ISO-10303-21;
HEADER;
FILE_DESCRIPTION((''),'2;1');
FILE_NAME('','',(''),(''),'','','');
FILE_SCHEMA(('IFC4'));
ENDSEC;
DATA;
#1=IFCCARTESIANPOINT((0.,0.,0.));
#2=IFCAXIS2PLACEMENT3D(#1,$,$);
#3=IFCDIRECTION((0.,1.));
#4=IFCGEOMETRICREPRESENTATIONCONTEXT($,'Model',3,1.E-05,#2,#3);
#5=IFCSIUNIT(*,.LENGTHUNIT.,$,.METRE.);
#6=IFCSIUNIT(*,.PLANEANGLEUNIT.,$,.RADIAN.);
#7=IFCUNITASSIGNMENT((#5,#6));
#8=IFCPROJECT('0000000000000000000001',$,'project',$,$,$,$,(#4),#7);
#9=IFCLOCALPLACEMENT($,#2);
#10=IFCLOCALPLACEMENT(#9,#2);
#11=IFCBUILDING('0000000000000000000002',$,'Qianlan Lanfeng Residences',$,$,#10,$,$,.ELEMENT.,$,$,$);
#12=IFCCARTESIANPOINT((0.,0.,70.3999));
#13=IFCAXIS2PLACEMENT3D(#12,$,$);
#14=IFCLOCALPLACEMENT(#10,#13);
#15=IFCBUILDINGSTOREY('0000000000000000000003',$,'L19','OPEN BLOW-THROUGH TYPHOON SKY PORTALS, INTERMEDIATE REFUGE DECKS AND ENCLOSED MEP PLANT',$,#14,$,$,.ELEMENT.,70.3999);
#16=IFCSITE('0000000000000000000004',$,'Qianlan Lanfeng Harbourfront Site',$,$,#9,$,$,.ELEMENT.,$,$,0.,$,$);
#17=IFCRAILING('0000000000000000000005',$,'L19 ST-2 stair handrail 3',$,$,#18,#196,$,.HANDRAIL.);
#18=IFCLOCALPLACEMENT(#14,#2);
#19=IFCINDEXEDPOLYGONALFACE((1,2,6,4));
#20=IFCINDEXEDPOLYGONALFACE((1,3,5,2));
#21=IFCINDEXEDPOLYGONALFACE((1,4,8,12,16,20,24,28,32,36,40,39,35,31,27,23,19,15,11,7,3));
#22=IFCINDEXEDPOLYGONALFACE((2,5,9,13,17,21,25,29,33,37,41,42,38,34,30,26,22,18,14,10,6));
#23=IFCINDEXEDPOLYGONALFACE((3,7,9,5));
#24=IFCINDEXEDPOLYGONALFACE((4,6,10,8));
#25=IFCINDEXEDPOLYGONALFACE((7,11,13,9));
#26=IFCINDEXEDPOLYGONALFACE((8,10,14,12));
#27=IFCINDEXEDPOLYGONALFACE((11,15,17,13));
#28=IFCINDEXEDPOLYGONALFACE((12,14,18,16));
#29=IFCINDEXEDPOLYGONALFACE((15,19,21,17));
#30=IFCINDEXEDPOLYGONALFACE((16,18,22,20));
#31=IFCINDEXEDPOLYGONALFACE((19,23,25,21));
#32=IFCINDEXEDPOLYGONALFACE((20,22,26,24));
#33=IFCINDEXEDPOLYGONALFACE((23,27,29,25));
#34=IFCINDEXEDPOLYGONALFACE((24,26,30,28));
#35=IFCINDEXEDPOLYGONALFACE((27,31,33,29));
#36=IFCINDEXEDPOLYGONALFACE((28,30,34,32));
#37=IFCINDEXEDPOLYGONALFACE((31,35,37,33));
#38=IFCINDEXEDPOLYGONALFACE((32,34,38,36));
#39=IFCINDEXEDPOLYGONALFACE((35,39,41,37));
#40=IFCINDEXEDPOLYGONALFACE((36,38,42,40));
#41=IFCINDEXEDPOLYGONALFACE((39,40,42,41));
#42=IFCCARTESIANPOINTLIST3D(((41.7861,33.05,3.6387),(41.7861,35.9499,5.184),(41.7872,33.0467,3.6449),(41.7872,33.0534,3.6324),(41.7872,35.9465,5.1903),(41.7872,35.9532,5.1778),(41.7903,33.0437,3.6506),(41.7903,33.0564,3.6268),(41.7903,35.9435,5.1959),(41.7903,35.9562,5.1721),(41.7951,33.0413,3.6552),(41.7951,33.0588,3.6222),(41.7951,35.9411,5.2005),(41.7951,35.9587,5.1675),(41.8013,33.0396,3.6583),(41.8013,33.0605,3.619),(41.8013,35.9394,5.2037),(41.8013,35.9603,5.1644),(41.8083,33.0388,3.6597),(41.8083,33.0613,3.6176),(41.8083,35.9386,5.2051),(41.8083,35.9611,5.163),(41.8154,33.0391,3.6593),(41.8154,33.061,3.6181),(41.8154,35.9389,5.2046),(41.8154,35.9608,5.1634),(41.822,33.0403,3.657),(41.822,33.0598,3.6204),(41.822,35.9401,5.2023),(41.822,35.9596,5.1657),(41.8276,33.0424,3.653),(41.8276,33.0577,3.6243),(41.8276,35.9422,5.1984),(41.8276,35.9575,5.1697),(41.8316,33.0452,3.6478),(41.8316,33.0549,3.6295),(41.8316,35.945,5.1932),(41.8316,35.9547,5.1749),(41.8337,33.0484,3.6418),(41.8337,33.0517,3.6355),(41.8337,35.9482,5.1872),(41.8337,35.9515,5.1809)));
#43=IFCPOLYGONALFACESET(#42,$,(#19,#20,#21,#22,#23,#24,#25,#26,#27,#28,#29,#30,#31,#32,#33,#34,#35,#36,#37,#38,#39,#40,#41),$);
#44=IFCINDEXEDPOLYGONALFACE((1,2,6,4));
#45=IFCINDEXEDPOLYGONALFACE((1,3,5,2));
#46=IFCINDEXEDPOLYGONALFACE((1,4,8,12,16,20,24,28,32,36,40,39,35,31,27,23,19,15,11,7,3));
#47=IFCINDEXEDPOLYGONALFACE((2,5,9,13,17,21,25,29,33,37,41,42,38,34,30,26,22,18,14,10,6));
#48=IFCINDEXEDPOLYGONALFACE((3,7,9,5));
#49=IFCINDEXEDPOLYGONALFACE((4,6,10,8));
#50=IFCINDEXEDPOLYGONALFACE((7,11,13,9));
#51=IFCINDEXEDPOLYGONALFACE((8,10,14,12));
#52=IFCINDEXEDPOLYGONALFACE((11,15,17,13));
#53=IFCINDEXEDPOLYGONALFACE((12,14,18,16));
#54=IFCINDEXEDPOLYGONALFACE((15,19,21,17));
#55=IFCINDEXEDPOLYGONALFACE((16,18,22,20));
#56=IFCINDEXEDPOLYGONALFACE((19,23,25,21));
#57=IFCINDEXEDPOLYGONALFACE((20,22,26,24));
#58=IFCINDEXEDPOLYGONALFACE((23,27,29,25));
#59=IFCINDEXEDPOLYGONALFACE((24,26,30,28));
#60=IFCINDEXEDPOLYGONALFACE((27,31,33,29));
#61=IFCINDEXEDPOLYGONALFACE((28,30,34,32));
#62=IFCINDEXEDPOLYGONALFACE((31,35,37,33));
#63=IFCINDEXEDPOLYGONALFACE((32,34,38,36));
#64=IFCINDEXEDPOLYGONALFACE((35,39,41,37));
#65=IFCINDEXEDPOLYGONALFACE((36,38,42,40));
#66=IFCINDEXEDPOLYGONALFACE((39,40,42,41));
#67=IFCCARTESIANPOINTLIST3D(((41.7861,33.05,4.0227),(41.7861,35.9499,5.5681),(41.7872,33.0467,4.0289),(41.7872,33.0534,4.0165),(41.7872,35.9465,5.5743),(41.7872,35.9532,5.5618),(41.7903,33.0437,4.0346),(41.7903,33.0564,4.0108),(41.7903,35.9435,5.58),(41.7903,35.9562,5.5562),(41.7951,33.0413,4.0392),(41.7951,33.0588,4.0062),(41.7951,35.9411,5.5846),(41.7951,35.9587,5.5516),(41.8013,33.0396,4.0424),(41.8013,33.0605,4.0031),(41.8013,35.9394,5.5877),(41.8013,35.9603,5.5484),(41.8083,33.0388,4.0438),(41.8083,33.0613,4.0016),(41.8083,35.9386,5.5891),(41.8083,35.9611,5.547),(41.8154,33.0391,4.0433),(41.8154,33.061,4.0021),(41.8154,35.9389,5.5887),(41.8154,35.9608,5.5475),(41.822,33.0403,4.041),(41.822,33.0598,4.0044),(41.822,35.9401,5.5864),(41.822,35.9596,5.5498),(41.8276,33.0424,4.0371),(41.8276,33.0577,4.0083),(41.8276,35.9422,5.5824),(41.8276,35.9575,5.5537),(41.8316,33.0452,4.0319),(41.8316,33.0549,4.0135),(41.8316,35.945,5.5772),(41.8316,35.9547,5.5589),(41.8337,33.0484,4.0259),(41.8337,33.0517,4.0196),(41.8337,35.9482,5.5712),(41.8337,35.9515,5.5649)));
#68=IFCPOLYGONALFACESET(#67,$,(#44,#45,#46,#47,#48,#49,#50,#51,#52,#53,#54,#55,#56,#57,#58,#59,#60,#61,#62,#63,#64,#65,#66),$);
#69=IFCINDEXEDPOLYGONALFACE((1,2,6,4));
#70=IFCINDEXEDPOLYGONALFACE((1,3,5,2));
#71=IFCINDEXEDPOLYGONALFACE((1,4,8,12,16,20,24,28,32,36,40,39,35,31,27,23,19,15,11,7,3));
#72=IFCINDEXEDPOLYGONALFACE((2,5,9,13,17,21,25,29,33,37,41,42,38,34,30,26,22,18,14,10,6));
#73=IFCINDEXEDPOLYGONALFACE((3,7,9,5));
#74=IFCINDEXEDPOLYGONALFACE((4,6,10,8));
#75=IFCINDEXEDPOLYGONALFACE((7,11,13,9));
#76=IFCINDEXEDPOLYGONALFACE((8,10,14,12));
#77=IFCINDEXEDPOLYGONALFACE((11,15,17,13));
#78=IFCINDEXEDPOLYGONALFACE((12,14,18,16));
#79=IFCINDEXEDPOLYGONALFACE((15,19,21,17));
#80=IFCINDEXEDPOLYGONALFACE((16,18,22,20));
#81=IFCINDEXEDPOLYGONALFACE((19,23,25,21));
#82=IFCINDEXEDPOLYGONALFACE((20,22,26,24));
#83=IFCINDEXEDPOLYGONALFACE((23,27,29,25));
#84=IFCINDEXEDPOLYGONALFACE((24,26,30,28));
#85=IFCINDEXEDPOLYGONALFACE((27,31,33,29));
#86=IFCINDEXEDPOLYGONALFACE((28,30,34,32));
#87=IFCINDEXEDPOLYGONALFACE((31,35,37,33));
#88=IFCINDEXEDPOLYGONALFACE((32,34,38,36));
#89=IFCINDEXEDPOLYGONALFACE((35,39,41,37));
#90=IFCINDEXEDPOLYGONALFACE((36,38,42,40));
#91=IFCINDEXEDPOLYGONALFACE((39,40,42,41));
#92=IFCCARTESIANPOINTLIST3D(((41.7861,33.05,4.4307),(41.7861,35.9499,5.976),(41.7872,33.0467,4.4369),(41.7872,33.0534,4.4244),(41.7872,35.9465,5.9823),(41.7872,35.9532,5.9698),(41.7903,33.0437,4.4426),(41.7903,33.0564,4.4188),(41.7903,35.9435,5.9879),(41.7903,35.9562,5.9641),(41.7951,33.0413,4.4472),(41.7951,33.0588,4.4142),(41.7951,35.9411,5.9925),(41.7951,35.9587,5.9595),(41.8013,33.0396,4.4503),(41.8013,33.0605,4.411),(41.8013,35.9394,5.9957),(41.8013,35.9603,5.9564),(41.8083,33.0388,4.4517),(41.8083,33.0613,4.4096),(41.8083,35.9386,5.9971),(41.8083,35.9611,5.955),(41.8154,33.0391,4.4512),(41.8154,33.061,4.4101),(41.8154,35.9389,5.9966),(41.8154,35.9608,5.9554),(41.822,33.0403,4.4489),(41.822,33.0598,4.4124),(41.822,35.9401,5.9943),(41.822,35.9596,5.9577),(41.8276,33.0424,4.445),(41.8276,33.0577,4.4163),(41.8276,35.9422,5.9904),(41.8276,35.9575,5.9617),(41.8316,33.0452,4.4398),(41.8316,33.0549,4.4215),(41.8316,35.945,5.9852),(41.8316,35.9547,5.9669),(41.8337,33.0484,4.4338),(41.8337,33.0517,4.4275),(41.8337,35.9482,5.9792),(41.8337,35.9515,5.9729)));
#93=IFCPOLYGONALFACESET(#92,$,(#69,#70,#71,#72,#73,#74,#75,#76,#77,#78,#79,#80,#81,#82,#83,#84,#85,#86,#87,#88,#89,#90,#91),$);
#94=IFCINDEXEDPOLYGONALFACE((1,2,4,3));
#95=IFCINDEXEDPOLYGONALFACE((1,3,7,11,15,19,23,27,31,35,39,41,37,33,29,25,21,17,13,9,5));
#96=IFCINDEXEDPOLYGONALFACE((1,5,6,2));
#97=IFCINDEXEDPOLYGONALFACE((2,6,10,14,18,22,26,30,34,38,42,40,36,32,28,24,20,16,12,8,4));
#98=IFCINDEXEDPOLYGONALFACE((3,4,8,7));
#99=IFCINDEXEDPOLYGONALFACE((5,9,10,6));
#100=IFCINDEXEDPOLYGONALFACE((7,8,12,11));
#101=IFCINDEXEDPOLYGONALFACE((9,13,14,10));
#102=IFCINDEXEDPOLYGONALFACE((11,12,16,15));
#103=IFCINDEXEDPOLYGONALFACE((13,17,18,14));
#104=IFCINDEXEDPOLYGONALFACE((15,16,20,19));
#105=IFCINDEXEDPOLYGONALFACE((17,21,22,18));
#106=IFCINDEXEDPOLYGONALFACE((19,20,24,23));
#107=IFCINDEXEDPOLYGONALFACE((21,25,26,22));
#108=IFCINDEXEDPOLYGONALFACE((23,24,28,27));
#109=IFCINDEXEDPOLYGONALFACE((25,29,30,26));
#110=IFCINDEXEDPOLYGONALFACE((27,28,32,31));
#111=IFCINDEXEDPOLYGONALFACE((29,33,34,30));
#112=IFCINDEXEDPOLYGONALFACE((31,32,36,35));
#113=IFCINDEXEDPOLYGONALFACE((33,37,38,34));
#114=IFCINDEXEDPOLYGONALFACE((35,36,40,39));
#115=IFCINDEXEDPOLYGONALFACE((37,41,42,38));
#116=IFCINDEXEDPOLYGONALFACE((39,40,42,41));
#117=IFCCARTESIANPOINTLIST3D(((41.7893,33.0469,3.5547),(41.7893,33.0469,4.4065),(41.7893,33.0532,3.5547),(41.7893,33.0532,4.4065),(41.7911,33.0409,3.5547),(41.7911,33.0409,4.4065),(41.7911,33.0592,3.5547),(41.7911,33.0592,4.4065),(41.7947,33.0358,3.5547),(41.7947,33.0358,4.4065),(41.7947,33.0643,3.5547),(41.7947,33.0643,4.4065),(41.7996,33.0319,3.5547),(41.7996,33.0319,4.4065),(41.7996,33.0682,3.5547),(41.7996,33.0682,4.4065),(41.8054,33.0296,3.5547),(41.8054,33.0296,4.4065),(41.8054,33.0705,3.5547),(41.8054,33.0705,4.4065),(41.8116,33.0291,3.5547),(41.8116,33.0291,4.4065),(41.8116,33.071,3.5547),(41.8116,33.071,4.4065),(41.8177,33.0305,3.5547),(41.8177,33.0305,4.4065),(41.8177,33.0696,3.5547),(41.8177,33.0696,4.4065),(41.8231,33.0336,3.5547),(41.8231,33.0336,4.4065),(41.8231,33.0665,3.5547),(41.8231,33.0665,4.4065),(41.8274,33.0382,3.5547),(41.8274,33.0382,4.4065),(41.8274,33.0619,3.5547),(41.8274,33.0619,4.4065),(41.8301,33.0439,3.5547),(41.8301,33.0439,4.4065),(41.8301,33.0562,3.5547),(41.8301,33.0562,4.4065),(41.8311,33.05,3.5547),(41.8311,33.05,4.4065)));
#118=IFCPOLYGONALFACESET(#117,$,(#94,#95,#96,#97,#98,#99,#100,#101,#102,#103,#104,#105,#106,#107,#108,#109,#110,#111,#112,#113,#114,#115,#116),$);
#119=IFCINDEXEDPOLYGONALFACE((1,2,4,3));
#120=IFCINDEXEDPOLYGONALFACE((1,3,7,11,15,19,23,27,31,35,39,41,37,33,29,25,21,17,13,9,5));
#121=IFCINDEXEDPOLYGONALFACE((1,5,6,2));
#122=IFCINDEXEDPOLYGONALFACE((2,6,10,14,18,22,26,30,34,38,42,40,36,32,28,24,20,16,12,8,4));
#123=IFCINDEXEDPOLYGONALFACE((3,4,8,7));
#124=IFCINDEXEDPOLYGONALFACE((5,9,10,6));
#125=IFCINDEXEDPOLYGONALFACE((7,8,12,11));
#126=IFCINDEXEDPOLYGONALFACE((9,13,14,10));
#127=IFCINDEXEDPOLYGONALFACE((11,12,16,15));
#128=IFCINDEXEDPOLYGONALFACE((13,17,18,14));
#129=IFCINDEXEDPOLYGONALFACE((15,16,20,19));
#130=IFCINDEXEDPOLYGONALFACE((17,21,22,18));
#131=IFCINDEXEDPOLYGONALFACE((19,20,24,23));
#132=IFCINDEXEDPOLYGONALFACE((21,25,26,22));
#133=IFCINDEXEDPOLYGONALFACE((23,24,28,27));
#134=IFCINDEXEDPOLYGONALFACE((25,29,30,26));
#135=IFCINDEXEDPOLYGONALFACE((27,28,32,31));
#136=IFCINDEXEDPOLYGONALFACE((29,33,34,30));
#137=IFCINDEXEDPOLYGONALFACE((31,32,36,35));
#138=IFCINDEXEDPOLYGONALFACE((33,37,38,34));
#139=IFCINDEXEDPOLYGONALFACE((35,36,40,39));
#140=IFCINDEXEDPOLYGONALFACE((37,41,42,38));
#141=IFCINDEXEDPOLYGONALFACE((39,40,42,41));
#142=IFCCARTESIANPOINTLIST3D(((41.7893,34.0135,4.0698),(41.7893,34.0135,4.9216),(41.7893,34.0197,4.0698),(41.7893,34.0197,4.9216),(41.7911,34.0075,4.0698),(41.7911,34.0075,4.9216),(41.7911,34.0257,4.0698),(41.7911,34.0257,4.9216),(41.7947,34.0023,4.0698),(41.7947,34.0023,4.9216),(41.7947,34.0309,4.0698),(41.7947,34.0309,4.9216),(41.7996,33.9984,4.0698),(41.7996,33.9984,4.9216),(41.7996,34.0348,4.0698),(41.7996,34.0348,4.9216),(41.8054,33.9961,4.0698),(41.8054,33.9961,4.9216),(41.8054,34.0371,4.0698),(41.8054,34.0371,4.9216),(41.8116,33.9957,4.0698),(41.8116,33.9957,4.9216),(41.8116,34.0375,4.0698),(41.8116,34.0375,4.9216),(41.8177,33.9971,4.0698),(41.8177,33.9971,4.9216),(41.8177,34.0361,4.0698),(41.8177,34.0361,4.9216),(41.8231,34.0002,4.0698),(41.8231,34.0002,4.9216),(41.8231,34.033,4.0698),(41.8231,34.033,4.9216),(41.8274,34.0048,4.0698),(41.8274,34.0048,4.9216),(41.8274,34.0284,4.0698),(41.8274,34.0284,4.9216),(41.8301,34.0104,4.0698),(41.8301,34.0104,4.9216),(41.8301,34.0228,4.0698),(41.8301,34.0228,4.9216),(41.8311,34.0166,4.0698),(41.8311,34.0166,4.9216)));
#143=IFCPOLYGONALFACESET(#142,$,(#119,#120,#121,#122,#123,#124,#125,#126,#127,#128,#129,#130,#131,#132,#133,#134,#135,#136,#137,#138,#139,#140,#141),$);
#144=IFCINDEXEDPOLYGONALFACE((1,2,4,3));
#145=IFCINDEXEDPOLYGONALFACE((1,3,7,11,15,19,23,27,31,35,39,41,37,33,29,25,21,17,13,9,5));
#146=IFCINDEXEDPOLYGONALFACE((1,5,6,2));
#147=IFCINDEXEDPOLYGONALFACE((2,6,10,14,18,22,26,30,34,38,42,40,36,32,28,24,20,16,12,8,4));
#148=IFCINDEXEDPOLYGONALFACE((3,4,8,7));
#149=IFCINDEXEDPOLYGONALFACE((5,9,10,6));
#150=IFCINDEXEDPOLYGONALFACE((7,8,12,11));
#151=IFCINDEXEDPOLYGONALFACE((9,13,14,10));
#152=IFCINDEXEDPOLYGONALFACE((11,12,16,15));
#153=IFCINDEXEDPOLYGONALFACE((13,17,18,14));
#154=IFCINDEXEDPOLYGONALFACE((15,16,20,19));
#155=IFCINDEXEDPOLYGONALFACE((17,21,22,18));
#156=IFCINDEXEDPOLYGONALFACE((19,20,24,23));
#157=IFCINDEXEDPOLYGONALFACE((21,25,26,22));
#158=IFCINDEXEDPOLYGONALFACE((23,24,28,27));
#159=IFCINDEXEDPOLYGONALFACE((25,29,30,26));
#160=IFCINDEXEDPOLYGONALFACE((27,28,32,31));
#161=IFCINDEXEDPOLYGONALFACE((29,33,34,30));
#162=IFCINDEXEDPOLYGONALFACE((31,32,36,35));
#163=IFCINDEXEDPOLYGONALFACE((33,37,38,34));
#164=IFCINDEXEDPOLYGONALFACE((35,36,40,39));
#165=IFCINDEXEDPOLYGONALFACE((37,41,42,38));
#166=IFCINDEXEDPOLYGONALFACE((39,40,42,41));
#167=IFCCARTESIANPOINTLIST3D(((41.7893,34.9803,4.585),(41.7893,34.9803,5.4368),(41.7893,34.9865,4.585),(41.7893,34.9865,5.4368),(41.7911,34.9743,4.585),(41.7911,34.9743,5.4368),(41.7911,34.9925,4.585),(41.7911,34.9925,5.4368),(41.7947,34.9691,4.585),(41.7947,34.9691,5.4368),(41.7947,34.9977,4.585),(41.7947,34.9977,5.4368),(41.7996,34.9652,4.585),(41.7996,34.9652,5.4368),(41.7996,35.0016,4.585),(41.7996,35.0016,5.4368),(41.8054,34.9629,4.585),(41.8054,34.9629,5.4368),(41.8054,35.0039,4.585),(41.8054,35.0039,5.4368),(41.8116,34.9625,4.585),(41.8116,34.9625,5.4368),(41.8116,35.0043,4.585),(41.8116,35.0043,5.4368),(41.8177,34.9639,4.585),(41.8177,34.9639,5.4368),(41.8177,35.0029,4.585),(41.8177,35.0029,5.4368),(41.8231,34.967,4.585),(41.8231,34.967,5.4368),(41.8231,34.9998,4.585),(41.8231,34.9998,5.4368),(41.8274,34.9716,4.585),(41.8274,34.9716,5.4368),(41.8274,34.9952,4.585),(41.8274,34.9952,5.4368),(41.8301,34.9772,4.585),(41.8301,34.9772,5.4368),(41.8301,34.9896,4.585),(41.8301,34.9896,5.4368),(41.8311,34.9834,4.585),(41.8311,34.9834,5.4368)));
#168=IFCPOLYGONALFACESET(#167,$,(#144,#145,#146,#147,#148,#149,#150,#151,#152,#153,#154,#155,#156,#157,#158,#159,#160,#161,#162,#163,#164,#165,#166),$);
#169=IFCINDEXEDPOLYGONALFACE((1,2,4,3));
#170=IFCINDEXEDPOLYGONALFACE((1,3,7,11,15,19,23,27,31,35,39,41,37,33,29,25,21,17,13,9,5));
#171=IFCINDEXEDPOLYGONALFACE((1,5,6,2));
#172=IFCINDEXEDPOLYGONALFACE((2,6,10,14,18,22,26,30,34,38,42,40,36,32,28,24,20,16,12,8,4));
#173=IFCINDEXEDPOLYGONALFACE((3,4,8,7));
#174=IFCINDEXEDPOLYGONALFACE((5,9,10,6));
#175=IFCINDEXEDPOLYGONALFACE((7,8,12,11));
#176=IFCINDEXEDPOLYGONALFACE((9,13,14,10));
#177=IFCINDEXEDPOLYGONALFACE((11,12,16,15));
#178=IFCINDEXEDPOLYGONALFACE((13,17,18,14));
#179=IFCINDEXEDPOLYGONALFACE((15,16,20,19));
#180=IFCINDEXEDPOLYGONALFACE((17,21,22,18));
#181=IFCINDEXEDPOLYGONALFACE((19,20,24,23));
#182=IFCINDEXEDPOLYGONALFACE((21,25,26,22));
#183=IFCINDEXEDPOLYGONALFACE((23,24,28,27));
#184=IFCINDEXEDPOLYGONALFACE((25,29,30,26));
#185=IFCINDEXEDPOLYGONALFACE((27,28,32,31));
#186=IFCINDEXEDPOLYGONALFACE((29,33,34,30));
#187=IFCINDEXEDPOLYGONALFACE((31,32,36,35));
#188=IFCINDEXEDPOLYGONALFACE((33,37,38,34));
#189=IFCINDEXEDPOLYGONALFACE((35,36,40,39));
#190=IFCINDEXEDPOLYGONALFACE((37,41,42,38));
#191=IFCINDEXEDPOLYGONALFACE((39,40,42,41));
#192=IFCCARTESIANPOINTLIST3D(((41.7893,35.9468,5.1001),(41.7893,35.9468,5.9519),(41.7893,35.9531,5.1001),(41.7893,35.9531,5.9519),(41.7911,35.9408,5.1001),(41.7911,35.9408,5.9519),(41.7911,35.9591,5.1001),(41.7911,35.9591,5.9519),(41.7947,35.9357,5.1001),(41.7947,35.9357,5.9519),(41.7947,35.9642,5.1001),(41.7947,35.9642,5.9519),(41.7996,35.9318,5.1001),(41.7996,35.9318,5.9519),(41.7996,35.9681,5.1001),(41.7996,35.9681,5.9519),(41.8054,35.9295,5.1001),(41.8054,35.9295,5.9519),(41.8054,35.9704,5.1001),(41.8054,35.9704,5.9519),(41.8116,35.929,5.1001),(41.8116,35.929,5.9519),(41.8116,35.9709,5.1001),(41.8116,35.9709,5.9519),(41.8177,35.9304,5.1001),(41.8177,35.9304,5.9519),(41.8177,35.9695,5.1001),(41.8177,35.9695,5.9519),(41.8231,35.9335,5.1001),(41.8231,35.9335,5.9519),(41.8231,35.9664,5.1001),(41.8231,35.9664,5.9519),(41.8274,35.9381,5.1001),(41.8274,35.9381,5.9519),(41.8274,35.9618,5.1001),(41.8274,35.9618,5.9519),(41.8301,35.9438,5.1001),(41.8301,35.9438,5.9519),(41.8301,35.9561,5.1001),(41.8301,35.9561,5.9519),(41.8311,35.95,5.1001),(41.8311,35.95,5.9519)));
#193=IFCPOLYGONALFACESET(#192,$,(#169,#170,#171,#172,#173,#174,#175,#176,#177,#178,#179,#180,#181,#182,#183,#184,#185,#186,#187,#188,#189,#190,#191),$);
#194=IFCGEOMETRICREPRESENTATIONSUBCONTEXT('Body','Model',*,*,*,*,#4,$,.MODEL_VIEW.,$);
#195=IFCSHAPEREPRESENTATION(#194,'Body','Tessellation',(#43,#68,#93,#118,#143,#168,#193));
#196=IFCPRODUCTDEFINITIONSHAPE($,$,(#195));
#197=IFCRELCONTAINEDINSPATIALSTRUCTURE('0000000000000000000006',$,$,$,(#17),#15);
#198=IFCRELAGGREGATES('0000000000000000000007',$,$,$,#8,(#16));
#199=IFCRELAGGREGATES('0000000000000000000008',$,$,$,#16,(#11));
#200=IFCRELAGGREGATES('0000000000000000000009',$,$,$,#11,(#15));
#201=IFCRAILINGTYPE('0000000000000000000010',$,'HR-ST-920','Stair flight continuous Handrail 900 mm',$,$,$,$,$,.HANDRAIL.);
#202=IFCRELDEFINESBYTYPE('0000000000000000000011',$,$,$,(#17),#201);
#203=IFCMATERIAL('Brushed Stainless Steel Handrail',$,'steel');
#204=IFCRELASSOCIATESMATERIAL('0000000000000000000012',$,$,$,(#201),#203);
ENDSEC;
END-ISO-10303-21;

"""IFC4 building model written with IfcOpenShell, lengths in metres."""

from ifc_helpers import new_model, si_unit, direction, frame, origin, origin_2d, place, context, subcontext, project, spatial, circle, extrude, material, type_object, element, save


model = new_model("IFC4")

# Units and contexts
model_context = context("Model", 3, precision=1e-05, world=origin(), true_north=direction((0.0, 1.0)))
body_context = subcontext(model_context, "Body", "Model", "MODEL_VIEW")
ifc_project = project(units=[si_unit("LENGTHUNIT", "METRE"), si_unit("PLANEANGLEUNIT", "RADIAN")], contexts=[model_context])

# Site, building, storey
site_placement = place(None, origin())
site = spatial("IfcSite", under=ifc_project, at=site_placement, Name="Qianlan Lanfeng Harbourfront Site", CompositionType="ELEMENT", RefElevation=0.0)
building_placement = place(site_placement, origin())
building = spatial("IfcBuilding", under=site, at=building_placement, Name="Qianlan Lanfeng Residences", CompositionType="ELEMENT")
storey_placement = place(building_placement, frame((0.0, 0.0, 70.3999)))
storey = spatial("IfcBuildingStorey", under=building, at=storey_placement, Name="L19", Description="OPEN BLOW-THROUGH TYPHOON SKY PORTALS, INTERMEDIATE REFUGE DECKS AND ENCLOSED MEP PLANT", CompositionType="ELEMENT", Elevation=70.3999)

# Railing
ifc_material_1 = material(Name="Brushed Stainless Steel Handrail", Category="steel")
railing_type_1 = type_object("IfcRailingType", Name="HR-ST-920", Description="Stair flight continuous Handrail 900 mm", PredefinedType="HANDRAIL", material=ifc_material_1)
railing_1_placement = place(storey_placement, frame((41.8101, 33.05, 3.5547)))
element("IfcRailing", 1, at=railing_1_placement, inside=storey, type_object=railing_type_1, Name="L19 ST-2 stair handrail 3", PredefinedType="HANDRAIL", context=body_context, shape_type="SweptSolid", body=[
    extrude(circle(Radius=0.0239, at=origin_2d()), frame((0.0, 0.0, 0.084), z_axis=(0.0, 0.882505, 0.470303), x_axis=(-1.0, 0.0, 0.0)), (0.0, 0.0, 1.0), 3.2859),
    extrude(circle(Radius=0.0239, at=origin_2d()), frame((0.0, 0.0, 0.468), z_axis=(0.0, 0.882505, 0.470303), x_axis=(-1.0, 0.0, 0.0)), (0.0, 0.0, 1.0), 3.2859),
    extrude(circle(Radius=0.0239, at=origin_2d()), frame((0.0, 0.0, 0.876), z_axis=(0.0, 0.882505, 0.470303), x_axis=(-1.0, 0.0, 0.0)), (0.0, 0.0, 1.0), 3.2859),
    extrude(circle(Radius=0.021, at=origin_2d()), origin(), (0.0, 0.0, 1.0), 0.8518),
    extrude(circle(Radius=0.021, at=origin_2d()), frame((0.0, 0.9666, 0.5151)), (0.0, 0.0, 1.0), 0.8518),
    extrude(circle(Radius=0.021, at=origin_2d()), frame((0.0, 1.9333, 1.0303)), (0.0, 0.0, 1.0), 0.8518),
    extrude(circle(Radius=0.021, at=origin_2d()), frame((0.0, 2.8999, 1.5454)), (0.0, 0.0, 1.0), 0.8518),
])

save(model, "model.ifc")
